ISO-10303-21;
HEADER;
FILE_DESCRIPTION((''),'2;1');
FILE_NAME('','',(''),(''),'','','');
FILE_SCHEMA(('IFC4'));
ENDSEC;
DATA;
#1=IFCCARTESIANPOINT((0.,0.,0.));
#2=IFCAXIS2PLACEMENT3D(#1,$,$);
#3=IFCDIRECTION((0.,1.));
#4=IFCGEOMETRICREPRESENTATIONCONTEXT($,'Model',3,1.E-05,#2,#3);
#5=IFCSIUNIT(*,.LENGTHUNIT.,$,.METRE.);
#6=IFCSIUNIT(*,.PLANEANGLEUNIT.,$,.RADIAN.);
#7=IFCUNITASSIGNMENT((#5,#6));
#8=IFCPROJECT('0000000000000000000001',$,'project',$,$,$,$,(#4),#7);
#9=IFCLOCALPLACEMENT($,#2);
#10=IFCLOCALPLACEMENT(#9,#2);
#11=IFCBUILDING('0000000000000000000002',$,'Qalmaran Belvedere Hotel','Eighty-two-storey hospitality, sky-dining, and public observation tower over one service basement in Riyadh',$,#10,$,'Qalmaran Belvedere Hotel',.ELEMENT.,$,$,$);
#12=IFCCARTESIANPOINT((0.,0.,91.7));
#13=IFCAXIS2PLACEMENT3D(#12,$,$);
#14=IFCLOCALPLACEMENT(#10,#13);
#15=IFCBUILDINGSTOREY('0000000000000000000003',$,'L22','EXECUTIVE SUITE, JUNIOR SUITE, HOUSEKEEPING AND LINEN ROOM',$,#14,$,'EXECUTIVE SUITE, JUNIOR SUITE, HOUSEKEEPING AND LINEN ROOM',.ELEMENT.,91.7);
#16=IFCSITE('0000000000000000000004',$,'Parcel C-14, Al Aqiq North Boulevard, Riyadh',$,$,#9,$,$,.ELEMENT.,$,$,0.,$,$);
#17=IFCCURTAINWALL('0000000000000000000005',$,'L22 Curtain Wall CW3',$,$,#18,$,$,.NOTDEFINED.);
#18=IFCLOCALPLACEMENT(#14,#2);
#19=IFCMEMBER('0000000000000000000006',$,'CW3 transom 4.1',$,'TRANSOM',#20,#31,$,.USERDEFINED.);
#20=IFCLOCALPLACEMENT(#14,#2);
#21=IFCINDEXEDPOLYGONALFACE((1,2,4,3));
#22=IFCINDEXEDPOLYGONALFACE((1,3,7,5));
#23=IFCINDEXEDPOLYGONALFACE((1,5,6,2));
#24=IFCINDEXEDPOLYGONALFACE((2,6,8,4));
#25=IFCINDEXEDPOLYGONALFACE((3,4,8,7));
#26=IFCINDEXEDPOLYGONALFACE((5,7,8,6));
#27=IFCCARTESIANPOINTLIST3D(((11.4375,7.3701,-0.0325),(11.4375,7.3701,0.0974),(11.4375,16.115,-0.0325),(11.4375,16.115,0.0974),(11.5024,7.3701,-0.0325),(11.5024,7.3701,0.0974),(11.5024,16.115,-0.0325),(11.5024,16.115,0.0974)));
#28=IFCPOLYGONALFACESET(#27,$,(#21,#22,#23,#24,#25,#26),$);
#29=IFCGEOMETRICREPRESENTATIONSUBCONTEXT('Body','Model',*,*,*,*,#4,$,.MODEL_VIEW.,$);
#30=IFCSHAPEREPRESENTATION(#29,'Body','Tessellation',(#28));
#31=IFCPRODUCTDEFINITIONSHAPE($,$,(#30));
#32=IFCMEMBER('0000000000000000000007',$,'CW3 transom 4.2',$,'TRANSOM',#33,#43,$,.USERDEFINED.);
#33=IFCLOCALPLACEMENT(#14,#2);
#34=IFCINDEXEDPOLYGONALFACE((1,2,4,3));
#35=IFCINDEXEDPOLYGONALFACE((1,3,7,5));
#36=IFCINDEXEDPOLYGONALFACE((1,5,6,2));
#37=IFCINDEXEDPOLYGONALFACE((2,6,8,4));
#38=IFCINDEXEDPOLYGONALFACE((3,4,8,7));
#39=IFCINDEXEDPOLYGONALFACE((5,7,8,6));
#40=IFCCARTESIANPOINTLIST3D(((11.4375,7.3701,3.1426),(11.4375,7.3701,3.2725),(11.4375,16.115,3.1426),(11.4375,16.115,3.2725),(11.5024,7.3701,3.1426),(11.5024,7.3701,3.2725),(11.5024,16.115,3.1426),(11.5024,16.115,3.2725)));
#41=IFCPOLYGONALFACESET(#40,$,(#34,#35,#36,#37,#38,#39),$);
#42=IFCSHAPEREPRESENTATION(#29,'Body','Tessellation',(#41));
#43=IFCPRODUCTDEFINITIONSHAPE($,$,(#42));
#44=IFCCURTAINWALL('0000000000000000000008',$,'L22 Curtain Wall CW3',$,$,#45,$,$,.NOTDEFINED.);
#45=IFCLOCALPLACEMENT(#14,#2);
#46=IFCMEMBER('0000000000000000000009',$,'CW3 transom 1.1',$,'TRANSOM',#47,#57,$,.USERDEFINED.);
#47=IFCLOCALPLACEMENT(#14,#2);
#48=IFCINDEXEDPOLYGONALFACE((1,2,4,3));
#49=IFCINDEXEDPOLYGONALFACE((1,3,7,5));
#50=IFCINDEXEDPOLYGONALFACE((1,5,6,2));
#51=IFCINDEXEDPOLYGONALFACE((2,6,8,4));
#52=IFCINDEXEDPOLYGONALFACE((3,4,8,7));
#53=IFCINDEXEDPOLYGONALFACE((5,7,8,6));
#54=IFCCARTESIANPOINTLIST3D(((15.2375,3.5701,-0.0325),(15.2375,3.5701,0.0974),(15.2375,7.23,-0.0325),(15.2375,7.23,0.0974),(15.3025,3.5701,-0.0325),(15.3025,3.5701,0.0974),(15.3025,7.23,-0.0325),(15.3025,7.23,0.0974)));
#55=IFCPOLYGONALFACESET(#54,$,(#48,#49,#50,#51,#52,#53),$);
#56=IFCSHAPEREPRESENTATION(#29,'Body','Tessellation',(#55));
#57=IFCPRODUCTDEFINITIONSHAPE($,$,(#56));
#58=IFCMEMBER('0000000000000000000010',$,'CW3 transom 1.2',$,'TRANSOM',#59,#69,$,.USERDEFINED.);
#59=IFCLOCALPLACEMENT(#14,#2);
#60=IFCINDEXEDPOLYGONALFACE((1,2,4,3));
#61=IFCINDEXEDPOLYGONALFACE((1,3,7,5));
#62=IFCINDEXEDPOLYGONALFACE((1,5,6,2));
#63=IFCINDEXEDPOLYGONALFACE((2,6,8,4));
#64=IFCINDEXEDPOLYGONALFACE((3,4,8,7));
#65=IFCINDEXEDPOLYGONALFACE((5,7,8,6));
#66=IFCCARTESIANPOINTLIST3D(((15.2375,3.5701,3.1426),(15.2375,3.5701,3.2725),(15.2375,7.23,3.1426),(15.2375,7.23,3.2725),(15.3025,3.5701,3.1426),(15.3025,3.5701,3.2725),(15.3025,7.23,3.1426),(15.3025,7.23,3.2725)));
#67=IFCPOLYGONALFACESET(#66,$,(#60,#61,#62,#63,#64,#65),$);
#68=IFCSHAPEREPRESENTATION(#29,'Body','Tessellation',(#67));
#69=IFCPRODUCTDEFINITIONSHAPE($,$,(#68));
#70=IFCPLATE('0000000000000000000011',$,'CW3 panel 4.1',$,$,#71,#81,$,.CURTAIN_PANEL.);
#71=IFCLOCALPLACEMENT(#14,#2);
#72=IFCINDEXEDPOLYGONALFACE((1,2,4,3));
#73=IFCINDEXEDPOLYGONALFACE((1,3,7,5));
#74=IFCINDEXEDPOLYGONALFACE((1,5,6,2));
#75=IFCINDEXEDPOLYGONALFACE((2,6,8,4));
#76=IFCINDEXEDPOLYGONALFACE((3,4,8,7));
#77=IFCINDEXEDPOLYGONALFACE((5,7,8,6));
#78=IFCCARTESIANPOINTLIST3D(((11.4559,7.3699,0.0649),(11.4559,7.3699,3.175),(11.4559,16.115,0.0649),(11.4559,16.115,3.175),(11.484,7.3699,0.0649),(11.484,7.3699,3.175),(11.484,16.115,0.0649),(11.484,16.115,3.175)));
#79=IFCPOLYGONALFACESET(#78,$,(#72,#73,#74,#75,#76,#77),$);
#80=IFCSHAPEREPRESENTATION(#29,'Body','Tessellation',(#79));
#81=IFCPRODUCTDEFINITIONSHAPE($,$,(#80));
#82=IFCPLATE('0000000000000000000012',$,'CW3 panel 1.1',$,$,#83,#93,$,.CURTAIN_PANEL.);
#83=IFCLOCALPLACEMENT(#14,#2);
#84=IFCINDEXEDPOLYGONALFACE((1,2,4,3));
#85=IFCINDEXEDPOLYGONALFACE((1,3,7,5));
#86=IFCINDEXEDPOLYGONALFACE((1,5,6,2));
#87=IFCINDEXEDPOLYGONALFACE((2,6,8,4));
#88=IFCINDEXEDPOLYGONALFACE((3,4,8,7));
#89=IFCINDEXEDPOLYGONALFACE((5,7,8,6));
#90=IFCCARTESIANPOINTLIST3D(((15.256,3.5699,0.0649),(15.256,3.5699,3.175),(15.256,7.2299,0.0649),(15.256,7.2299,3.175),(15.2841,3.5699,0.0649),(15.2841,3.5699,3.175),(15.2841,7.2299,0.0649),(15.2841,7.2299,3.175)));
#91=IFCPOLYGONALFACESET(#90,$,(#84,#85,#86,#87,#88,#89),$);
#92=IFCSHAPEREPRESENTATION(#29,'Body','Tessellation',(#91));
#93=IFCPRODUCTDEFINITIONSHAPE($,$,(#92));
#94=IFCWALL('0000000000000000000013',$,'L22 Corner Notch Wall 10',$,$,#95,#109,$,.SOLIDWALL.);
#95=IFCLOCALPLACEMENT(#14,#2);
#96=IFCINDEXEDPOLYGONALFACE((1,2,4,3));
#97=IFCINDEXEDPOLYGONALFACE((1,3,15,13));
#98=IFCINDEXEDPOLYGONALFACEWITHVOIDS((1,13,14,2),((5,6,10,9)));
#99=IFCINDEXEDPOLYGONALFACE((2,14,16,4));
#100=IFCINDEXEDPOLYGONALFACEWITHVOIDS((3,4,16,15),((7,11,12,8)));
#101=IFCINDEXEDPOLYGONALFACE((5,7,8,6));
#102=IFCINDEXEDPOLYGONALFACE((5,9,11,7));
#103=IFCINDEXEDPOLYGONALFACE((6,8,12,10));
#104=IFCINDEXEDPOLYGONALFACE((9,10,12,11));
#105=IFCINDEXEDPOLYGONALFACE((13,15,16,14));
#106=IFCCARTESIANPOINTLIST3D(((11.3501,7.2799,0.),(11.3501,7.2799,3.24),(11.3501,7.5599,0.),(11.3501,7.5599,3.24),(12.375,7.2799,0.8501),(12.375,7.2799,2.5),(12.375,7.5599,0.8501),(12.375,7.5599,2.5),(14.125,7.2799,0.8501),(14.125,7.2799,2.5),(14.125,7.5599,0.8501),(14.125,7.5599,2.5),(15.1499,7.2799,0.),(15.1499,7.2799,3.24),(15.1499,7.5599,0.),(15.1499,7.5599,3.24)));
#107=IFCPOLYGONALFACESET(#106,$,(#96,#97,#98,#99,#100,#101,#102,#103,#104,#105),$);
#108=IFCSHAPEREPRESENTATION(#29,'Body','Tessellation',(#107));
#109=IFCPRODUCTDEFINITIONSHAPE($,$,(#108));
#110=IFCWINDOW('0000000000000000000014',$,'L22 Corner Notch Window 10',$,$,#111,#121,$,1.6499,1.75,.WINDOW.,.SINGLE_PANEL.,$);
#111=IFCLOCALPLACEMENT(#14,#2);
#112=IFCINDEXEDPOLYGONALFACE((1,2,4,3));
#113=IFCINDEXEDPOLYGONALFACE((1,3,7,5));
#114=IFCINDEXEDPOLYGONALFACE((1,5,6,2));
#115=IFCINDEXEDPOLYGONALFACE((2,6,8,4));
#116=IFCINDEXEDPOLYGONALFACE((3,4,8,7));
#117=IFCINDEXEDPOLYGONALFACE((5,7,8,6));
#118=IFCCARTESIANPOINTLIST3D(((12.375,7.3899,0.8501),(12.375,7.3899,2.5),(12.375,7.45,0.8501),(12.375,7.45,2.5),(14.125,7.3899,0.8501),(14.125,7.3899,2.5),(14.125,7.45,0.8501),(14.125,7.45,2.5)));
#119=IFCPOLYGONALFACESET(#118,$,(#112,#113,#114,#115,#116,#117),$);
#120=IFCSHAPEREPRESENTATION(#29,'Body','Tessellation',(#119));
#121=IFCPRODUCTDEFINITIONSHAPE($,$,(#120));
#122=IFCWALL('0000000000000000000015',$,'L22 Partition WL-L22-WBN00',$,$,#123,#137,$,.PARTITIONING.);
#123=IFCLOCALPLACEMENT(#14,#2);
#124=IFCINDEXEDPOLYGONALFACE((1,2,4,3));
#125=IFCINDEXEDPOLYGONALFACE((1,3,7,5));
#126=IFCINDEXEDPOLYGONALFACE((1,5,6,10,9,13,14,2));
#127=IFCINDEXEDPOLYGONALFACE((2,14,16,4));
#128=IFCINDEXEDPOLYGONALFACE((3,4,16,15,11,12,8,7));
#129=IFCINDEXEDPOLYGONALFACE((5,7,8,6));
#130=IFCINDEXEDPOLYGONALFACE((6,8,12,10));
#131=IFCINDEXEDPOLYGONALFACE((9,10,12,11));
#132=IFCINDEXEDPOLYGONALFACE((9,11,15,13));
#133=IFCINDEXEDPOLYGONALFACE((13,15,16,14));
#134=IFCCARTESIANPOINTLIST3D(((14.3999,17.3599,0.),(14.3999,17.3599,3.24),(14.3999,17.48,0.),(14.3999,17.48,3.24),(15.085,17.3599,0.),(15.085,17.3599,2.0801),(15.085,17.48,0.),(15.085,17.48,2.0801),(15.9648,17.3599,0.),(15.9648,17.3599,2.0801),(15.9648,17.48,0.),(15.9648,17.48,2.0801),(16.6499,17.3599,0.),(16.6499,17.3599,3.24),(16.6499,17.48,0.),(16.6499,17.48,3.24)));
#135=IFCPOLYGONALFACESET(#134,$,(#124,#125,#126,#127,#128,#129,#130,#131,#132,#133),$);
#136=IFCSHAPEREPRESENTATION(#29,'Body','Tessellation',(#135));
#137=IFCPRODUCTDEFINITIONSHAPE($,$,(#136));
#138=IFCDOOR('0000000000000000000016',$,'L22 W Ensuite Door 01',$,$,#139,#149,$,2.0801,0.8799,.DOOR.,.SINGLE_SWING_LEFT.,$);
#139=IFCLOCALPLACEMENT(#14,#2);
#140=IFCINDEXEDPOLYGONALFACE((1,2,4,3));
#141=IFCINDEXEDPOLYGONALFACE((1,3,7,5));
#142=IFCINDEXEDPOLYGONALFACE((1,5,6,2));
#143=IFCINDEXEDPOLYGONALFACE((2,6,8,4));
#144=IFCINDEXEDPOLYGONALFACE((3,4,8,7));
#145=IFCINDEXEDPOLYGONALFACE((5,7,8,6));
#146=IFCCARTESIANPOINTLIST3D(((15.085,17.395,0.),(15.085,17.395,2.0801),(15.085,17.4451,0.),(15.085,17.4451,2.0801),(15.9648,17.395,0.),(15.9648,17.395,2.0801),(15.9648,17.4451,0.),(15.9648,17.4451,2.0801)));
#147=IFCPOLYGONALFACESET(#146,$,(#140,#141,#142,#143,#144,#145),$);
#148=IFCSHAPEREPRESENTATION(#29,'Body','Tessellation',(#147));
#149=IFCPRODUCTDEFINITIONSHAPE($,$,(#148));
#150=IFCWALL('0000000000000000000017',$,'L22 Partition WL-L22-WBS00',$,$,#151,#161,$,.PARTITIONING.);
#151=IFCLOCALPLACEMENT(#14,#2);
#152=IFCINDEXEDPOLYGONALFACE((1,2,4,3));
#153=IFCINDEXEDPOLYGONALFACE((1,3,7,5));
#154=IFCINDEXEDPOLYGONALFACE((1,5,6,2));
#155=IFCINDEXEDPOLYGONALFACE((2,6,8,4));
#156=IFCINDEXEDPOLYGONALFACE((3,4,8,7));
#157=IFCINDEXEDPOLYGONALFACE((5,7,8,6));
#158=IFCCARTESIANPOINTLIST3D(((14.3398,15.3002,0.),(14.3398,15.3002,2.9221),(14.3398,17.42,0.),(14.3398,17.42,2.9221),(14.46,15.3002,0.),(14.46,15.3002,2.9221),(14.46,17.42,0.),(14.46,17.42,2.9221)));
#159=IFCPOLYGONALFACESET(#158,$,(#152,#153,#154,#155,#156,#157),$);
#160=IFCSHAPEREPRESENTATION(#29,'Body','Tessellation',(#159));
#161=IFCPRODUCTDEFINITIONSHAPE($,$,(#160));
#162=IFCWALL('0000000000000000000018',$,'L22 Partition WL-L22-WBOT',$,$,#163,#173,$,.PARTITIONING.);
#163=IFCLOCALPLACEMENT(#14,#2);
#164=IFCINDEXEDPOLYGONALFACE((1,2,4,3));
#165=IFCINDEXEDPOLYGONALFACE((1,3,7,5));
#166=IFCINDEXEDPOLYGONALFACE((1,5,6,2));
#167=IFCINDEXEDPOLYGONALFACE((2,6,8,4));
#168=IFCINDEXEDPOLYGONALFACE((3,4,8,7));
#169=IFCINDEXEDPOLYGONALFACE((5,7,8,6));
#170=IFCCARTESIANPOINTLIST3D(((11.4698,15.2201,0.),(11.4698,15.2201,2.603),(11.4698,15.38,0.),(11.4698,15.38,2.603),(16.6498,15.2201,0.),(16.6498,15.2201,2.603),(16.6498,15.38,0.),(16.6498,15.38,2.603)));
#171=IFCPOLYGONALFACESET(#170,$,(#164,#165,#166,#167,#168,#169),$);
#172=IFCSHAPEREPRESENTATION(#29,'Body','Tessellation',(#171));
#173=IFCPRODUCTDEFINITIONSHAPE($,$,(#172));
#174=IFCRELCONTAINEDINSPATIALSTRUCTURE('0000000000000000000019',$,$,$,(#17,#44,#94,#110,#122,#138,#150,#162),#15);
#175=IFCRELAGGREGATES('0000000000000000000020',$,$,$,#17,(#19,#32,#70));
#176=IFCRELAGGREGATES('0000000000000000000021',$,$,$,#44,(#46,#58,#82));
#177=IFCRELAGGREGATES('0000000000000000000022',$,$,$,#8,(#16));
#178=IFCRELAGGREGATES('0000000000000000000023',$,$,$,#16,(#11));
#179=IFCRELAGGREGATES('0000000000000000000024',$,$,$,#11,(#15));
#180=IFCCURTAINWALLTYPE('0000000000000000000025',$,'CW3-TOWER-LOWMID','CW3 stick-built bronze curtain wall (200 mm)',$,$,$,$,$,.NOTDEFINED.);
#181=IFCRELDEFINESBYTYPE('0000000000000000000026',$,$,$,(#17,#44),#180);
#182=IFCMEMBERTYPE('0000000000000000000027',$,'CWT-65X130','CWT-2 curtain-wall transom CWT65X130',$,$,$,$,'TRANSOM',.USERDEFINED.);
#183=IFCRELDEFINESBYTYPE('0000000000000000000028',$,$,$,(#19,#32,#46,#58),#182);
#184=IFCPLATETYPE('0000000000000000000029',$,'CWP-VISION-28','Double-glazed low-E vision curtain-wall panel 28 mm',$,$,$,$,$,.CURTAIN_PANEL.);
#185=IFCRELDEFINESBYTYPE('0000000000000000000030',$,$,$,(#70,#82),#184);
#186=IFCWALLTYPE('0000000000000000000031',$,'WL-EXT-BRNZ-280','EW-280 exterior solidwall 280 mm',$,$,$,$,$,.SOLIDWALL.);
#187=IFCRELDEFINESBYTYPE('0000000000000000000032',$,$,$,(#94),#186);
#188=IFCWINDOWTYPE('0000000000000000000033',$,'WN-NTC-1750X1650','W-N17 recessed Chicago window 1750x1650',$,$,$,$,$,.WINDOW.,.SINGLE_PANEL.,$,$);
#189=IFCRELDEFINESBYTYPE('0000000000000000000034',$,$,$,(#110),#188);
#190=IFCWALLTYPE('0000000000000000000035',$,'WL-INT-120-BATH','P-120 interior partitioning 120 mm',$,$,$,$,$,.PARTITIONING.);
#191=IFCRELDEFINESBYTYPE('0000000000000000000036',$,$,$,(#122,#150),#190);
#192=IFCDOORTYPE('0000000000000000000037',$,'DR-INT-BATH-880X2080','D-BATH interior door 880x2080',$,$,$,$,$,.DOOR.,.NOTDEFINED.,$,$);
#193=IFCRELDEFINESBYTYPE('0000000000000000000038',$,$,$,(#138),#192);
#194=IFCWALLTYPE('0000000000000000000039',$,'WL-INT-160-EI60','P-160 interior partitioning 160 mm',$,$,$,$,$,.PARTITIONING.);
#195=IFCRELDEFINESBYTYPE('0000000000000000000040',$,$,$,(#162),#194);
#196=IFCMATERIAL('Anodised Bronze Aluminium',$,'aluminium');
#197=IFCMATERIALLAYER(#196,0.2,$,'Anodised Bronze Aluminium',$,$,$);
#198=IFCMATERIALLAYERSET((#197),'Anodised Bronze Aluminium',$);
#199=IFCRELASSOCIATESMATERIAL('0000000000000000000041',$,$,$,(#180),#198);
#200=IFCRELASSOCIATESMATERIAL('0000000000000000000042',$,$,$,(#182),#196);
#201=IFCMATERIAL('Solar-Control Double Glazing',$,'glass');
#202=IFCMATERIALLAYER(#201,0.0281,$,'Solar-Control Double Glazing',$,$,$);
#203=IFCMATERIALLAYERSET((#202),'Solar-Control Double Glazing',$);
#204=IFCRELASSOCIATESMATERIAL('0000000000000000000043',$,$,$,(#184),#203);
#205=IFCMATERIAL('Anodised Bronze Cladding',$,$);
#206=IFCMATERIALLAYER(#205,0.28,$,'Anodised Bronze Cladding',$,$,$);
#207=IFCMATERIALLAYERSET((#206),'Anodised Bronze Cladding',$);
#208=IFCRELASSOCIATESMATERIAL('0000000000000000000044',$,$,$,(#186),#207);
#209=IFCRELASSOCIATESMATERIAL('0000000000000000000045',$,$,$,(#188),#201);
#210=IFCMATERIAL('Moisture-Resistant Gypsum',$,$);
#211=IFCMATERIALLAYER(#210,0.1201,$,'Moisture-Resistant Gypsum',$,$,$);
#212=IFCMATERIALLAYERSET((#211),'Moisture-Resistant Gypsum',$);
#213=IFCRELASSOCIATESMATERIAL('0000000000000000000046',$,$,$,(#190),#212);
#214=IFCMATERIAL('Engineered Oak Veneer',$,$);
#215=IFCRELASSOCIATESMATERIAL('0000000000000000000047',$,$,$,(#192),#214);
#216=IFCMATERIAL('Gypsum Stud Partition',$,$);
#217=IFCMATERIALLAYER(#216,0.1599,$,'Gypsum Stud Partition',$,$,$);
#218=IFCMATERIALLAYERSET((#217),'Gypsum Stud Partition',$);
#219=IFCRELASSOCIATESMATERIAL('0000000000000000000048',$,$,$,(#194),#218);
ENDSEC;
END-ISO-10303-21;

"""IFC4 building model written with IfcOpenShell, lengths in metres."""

from ifc_helpers import new_model, si_unit, direction, frame, frame_2d, origin, origin_2d, place, context, subcontext, project, spatial, rectangle, extrude, material, layer, layer_set, material_profile, profile_set, type_object, element, fill, aggregate, save


model = new_model("IFC4")

# Units and contexts
model_context = context("Model", 3, precision=1e-05, world=origin(), true_north=direction((0.0, 1.0)))
body_context = subcontext(model_context, "Body", "Model", "MODEL_VIEW")
ifc_project = project(units=[si_unit("LENGTHUNIT", "METRE"), si_unit("PLANEANGLEUNIT", "RADIAN")], contexts=[model_context])

# Site, building, storey
site_placement = place(None, origin())
site = spatial("IfcSite", under=ifc_project, at=site_placement, Name="Parcel C-14, Al Aqiq North Boulevard, Riyadh", CompositionType="ELEMENT", RefElevation=0.0)
building_placement = place(site_placement, origin())
building = spatial("IfcBuilding", under=site, at=building_placement, Name="Qalmaran Belvedere Hotel", Description="Eighty-two-storey hospitality, sky-dining, and public observation tower over one service basement in Riyadh", LongName="Qalmaran Belvedere Hotel", CompositionType="ELEMENT")
storey_placement = place(building_placement, frame((0.0, 0.0, 91.7)))
storey = spatial("IfcBuildingStorey", under=building, at=storey_placement, Name="L22", Description="EXECUTIVE SUITE, JUNIOR SUITE, HOUSEKEEPING AND LINEN ROOM", LongName="EXECUTIVE SUITE, JUNIOR SUITE, HOUSEKEEPING AND LINEN ROOM", CompositionType="ELEMENT", Elevation=91.7)

# Curtain wall
ifc_material_1 = material(Name="Anodised Bronze Aluminium", Category="aluminium")
ifc_layer_1 = layer(ifc_material_1, 0.2, Name="Anodised Bronze Aluminium")
ifc_layer_set_1 = layer_set([ifc_layer_1], Name="Anodised Bronze Aluminium")
curtain_wall_type = type_object("IfcCurtainWallType", Name="CW3-TOWER-LOWMID", Description="CW3 stick-built bronze curtain wall (200 mm)", PredefinedType="NOTDEFINED", material=ifc_layer_set_1)
curtain_wall_1_placement = place(storey_placement, origin())
curtain_wall_1 = element("IfcCurtainWall", 1, at=curtain_wall_1_placement, inside=storey, type_object=curtain_wall_type, Name="L22 Curtain Wall CW3", PredefinedType="NOTDEFINED")

# Shared definitions
ifc_material_profile_1 = material_profile(ifc_material_1, rectangle(XDim=0.0649, YDim=0.1299, at=origin_2d()), Name="CWT65X130")
ifc_profile_set_1 = profile_set([ifc_material_profile_1], Name="Anodised Bronze Aluminium")
member_type_1 = type_object("IfcMemberType", Name="CWT-65X130", Description="CWT-2 curtain-wall transom CWT65X130", ElementType="TRANSOM", PredefinedType="USERDEFINED", material=ifc_profile_set_1)

# Members
member_1_placement = place(storey_placement, frame((11.47, 16.115, 0.0325), z_axis=(0.0, -1.0, 0.0), x_axis=(1.0, 0.0, 0.0)))
member_1 = element("IfcMember", 2, at=member_1_placement, type_object=member_type_1, Name="CW3 transom 4.1", ObjectType="TRANSOM", PredefinedType="USERDEFINED", context=body_context, shape_type="SweptSolid", body=[
    extrude(rectangle(XDim=0.0649, YDim=0.1299, at=origin_2d()), origin(), (0.0, 0.0, 1.0), 8.7449),
])
member_2_placement = place(storey_placement, frame((11.47, 16.115, 3.2075), z_axis=(0.0, -1.0, 0.0), x_axis=(1.0, 0.0, 0.0)))
member_2 = element("IfcMember", 3, at=member_2_placement, type_object=member_type_1, Name="CW3 transom 4.2", ObjectType="TRANSOM", PredefinedType="USERDEFINED", context=body_context, shape_type="SweptSolid", body=[
    extrude(rectangle(XDim=0.0649, YDim=0.1299, at=origin_2d()), origin(), (0.0, 0.0, 1.0), 8.7449),
])

# Curtain wall, members
curtain_wall_2_placement = place(storey_placement, origin())
curtain_wall_2 = element("IfcCurtainWall", 4, at=curtain_wall_2_placement, inside=storey, type_object=curtain_wall_type, Name="L22 Curtain Wall CW3", PredefinedType="NOTDEFINED")
member_3_placement = place(storey_placement, frame((15.27, 7.23, 0.0325), z_axis=(0.0, -1.0, 0.0), x_axis=(1.0, 0.0, 0.0)))
member_3 = element("IfcMember", 5, at=member_3_placement, type_object=member_type_1, Name="CW3 transom 1.1", ObjectType="TRANSOM", PredefinedType="USERDEFINED", context=body_context, shape_type="SweptSolid", body=[
    extrude(rectangle(XDim=0.0649, YDim=0.1299, at=origin_2d()), origin(), (0.0, 0.0, 1.0), 3.6599),
])
member_4_placement = place(storey_placement, frame((15.27, 7.23, 3.2075), z_axis=(0.0, -1.0, 0.0), x_axis=(1.0, 0.0, 0.0)))
member_4 = element("IfcMember", 6, at=member_4_placement, type_object=member_type_1, Name="CW3 transom 1.2", ObjectType="TRANSOM", PredefinedType="USERDEFINED", context=body_context, shape_type="SweptSolid", body=[
    extrude(rectangle(XDim=0.0649, YDim=0.1299, at=origin_2d()), origin(), (0.0, 0.0, 1.0), 3.6599),
])

# Plates
ifc_material_2 = material(Name="Solar-Control Double Glazing", Category="glass")
ifc_layer_2 = layer(ifc_material_2, 0.0281, Name="Solar-Control Double Glazing")
ifc_layer_set_2 = layer_set([ifc_layer_2], Name="Solar-Control Double Glazing")
plate_type = type_object("IfcPlateType", Name="CWP-VISION-28", Description="Double-glazed low-E vision curtain-wall panel 28 mm", PredefinedType="CURTAIN_PANEL", material=ifc_layer_set_2)
plate_1_placement = place(storey_placement, frame((11.47, 11.7424, 0.0649), z_axis=(0.0, 0.0, 1.0), x_axis=(0.0, -1.0, 0.0)))
plate_1 = element("IfcPlate", 7, at=plate_1_placement, type_object=plate_type, Name="CW3 panel 4.1", PredefinedType="CURTAIN_PANEL", context=body_context, shape_type="SweptSolid", body=[
    extrude(rectangle(XDim=8.7451, YDim=0.0281, at=origin_2d()), origin(), (0.0, 0.0, 1.0), 3.1101),
])
aggregate(curtain_wall_1, [member_1, member_2, plate_1])
plate_2_placement = place(storey_placement, frame((15.27, 5.3999, 0.0649), z_axis=(0.0, 0.0, 1.0), x_axis=(0.0, -1.0, 0.0)))
plate_2 = element("IfcPlate", 8, at=plate_2_placement, type_object=plate_type, Name="CW3 panel 1.1", PredefinedType="CURTAIN_PANEL", context=body_context, shape_type="SweptSolid", body=[
    extrude(rectangle(XDim=3.6599, YDim=0.0281, at=origin_2d()), origin(), (0.0, 0.0, 1.0), 3.1101),
])
aggregate(curtain_wall_2, [member_3, member_4, plate_2])

# Wall, opening, window
ifc_material_3 = material(Name="Anodised Bronze Cladding")
ifc_layer_3 = layer(ifc_material_3, 0.28, Name="Anodised Bronze Cladding")
ifc_layer_set_3 = layer_set([ifc_layer_3], Name="Anodised Bronze Cladding")
wall_type_1 = type_object("IfcWallType", Name="WL-EXT-BRNZ-280", Description="EW-280 exterior solidwall 280 mm", PredefinedType="SOLIDWALL", material=ifc_layer_set_3)
wall_1_placement = place(storey_placement, frame((11.3501, 7.4199, 0.0), z_axis=(0.0, 0.0, 1.0), x_axis=(1.0, 0.0, 0.0)))
wall_1 = element("IfcWall", 9, at=wall_1_placement, inside=storey, type_object=wall_type_1, Name="L22 Corner Notch Wall 10", PredefinedType="SOLIDWALL", context=body_context, shape_type="SweptSolid", body=[
    extrude(rectangle(XDim=3.7998, YDim=0.28, at=frame_2d((1.8999, 0.0))), origin(), (0.0, 0.0, 1.0), 3.24),
])
opening_1_placement = place(wall_1_placement, frame((1.0249, 0.0, 0.8501)))
opening_1 = element("IfcOpeningElement", 10, at=opening_1_placement, cuts=wall_1, PredefinedType="OPENING", context=body_context, shape_type="SweptSolid", body=[
    extrude(rectangle(XDim=1.75, YDim=1.6499, at=frame_2d((0.875, 0.825))), frame((0.0, 0.1499, 0.0), z_axis=(0.0, -1.0, 0.0), x_axis=(1.0, 0.0, 0.0)), (0.0, 0.0, 1.0), 0.3),
])
window_type = type_object("IfcWindowType", Name="WN-NTC-1750X1650", Description="W-N17 recessed Chicago window 1750x1650", PartitioningType="SINGLE_PANEL", PredefinedType="WINDOW", material=ifc_material_2)
window_placement = place(opening_1_placement, origin())
window = element("IfcWindow", 11, at=window_placement, inside=storey, type_object=window_type, Name="L22 Corner Notch Window 10", OverallHeight=1.6499, OverallWidth=1.75, PartitioningType="SINGLE_PANEL", PredefinedType="WINDOW", context=body_context, shape_type="SweptSolid", body=[
    extrude(rectangle(XDim=1.75, YDim=1.6499, at=frame_2d((0.875, 0.825))), frame((0.0, 0.03, 0.0), z_axis=(0.0, -1.0, 0.0), x_axis=(1.0, 0.0, 0.0)), (0.0, 0.0, 1.0), 0.0601),
])
fill(opening_1, window)

# Wall, opening, door
ifc_material_4 = material(Name="Moisture-Resistant Gypsum")
ifc_layer_4 = layer(ifc_material_4, 0.1201, Name="Moisture-Resistant Gypsum")
ifc_layer_set_4 = layer_set([ifc_layer_4], Name="Moisture-Resistant Gypsum")
wall_type_2 = type_object("IfcWallType", Name="WL-INT-120-BATH", Description="P-120 interior partitioning 120 mm", PredefinedType="PARTITIONING", material=ifc_layer_set_4)
wall_2_placement = place(storey_placement, frame((14.3999, 17.4199, 0.0), z_axis=(0.0, 0.0, 1.0), x_axis=(1.0, 0.0, 0.0)))
wall_2 = element("IfcWall", 12, at=wall_2_placement, inside=storey, type_object=wall_type_2, Name="L22 Partition WL-L22-WBN00", PredefinedType="PARTITIONING", context=body_context, shape_type="SweptSolid", body=[
    extrude(rectangle(XDim=2.25, YDim=0.1201, at=frame_2d((1.125, 0.0))), origin(), (0.0, 0.0, 1.0), 3.24),
])
opening_2_placement = place(wall_2_placement, frame((1.5649, 0.0, 0.0), z_axis=(0.0, 0.0, 1.0), x_axis=(-1.0, 0.0, 0.0)))
opening_2 = element("IfcOpeningElement", 13, at=opening_2_placement, cuts=wall_2, PredefinedType="OPENING", context=body_context, shape_type="SweptSolid", body=[
    extrude(rectangle(XDim=0.8799, YDim=2.0801, at=frame_2d((0.4399, 1.04))), frame((0.0, 0.0701, 0.0), z_axis=(0.0, -1.0, 0.0), x_axis=(1.0, 0.0, 0.0)), (0.0, 0.0, 1.0), 0.1401),
])
ifc_material_5 = material(Name="Engineered Oak Veneer")
door_type = type_object("IfcDoorType", Name="DR-INT-BATH-880X2080", Description="D-BATH interior door 880x2080", OperationType="NOTDEFINED", PredefinedType="DOOR", material=ifc_material_5)
door_placement = place(opening_2_placement, origin())
door = element("IfcDoor", 14, at=door_placement, inside=storey, type_object=door_type, Name="L22 W Ensuite Door 01", OperationType="SINGLE_SWING_LEFT", OverallHeight=2.0801, OverallWidth=0.8799, PredefinedType="DOOR", context=body_context, shape_type="SweptSolid", body=[
    extrude(rectangle(XDim=0.8799, YDim=2.0801, at=frame_2d((0.4399, 1.04))), frame((0.0, 0.0249, 0.0), z_axis=(0.0, -1.0, 0.0), x_axis=(1.0, 0.0, 0.0)), (0.0, 0.0, 1.0), 0.05),
])
fill(opening_2, door)

# Walls
wall_3_placement = place(storey_placement, frame((14.3999, 15.3, 0.0), z_axis=(0.0, 0.0, 1.0), x_axis=(0.0, 1.0, 0.0)))
element("IfcWall", 15, at=wall_3_placement, inside=storey, type_object=wall_type_2, Name="L22 Partition WL-L22-WBS00", PredefinedType="PARTITIONING", context=body_context, shape_type="SweptSolid", body=[
    extrude(rectangle(XDim=2.1199, YDim=0.1201, at=frame_2d((1.0601, 0.0))), origin(), (0.0, 0.0, 1.0), 2.9221),
])
ifc_material_6 = material(Name="Gypsum Stud Partition")
ifc_layer_5 = layer(ifc_material_6, 0.1599, Name="Gypsum Stud Partition")
ifc_layer_set_5 = layer_set([ifc_layer_5], Name="Gypsum Stud Partition")
wall_type_3 = type_object("IfcWallType", Name="WL-INT-160-EI60", Description="P-160 interior partitioning 160 mm", PredefinedType="PARTITIONING", material=ifc_layer_set_5)
wall_4_placement = place(storey_placement, frame((11.47, 15.3, 0.0), z_axis=(0.0, 0.0, 1.0), x_axis=(1.0, 0.0, 0.0)))
element("IfcWall", 16, at=wall_4_placement, inside=storey, type_object=wall_type_3, Name="L22 Partition WL-L22-WBOT", PredefinedType="PARTITIONING", context=body_context, shape_type="SweptSolid", body=[
    extrude(rectangle(XDim=5.1799, YDim=0.1599, at=frame_2d((2.5898, 0.0))), origin(), (0.0, 0.0, 1.0), 2.603),
])

save(model, "model.ifc")
